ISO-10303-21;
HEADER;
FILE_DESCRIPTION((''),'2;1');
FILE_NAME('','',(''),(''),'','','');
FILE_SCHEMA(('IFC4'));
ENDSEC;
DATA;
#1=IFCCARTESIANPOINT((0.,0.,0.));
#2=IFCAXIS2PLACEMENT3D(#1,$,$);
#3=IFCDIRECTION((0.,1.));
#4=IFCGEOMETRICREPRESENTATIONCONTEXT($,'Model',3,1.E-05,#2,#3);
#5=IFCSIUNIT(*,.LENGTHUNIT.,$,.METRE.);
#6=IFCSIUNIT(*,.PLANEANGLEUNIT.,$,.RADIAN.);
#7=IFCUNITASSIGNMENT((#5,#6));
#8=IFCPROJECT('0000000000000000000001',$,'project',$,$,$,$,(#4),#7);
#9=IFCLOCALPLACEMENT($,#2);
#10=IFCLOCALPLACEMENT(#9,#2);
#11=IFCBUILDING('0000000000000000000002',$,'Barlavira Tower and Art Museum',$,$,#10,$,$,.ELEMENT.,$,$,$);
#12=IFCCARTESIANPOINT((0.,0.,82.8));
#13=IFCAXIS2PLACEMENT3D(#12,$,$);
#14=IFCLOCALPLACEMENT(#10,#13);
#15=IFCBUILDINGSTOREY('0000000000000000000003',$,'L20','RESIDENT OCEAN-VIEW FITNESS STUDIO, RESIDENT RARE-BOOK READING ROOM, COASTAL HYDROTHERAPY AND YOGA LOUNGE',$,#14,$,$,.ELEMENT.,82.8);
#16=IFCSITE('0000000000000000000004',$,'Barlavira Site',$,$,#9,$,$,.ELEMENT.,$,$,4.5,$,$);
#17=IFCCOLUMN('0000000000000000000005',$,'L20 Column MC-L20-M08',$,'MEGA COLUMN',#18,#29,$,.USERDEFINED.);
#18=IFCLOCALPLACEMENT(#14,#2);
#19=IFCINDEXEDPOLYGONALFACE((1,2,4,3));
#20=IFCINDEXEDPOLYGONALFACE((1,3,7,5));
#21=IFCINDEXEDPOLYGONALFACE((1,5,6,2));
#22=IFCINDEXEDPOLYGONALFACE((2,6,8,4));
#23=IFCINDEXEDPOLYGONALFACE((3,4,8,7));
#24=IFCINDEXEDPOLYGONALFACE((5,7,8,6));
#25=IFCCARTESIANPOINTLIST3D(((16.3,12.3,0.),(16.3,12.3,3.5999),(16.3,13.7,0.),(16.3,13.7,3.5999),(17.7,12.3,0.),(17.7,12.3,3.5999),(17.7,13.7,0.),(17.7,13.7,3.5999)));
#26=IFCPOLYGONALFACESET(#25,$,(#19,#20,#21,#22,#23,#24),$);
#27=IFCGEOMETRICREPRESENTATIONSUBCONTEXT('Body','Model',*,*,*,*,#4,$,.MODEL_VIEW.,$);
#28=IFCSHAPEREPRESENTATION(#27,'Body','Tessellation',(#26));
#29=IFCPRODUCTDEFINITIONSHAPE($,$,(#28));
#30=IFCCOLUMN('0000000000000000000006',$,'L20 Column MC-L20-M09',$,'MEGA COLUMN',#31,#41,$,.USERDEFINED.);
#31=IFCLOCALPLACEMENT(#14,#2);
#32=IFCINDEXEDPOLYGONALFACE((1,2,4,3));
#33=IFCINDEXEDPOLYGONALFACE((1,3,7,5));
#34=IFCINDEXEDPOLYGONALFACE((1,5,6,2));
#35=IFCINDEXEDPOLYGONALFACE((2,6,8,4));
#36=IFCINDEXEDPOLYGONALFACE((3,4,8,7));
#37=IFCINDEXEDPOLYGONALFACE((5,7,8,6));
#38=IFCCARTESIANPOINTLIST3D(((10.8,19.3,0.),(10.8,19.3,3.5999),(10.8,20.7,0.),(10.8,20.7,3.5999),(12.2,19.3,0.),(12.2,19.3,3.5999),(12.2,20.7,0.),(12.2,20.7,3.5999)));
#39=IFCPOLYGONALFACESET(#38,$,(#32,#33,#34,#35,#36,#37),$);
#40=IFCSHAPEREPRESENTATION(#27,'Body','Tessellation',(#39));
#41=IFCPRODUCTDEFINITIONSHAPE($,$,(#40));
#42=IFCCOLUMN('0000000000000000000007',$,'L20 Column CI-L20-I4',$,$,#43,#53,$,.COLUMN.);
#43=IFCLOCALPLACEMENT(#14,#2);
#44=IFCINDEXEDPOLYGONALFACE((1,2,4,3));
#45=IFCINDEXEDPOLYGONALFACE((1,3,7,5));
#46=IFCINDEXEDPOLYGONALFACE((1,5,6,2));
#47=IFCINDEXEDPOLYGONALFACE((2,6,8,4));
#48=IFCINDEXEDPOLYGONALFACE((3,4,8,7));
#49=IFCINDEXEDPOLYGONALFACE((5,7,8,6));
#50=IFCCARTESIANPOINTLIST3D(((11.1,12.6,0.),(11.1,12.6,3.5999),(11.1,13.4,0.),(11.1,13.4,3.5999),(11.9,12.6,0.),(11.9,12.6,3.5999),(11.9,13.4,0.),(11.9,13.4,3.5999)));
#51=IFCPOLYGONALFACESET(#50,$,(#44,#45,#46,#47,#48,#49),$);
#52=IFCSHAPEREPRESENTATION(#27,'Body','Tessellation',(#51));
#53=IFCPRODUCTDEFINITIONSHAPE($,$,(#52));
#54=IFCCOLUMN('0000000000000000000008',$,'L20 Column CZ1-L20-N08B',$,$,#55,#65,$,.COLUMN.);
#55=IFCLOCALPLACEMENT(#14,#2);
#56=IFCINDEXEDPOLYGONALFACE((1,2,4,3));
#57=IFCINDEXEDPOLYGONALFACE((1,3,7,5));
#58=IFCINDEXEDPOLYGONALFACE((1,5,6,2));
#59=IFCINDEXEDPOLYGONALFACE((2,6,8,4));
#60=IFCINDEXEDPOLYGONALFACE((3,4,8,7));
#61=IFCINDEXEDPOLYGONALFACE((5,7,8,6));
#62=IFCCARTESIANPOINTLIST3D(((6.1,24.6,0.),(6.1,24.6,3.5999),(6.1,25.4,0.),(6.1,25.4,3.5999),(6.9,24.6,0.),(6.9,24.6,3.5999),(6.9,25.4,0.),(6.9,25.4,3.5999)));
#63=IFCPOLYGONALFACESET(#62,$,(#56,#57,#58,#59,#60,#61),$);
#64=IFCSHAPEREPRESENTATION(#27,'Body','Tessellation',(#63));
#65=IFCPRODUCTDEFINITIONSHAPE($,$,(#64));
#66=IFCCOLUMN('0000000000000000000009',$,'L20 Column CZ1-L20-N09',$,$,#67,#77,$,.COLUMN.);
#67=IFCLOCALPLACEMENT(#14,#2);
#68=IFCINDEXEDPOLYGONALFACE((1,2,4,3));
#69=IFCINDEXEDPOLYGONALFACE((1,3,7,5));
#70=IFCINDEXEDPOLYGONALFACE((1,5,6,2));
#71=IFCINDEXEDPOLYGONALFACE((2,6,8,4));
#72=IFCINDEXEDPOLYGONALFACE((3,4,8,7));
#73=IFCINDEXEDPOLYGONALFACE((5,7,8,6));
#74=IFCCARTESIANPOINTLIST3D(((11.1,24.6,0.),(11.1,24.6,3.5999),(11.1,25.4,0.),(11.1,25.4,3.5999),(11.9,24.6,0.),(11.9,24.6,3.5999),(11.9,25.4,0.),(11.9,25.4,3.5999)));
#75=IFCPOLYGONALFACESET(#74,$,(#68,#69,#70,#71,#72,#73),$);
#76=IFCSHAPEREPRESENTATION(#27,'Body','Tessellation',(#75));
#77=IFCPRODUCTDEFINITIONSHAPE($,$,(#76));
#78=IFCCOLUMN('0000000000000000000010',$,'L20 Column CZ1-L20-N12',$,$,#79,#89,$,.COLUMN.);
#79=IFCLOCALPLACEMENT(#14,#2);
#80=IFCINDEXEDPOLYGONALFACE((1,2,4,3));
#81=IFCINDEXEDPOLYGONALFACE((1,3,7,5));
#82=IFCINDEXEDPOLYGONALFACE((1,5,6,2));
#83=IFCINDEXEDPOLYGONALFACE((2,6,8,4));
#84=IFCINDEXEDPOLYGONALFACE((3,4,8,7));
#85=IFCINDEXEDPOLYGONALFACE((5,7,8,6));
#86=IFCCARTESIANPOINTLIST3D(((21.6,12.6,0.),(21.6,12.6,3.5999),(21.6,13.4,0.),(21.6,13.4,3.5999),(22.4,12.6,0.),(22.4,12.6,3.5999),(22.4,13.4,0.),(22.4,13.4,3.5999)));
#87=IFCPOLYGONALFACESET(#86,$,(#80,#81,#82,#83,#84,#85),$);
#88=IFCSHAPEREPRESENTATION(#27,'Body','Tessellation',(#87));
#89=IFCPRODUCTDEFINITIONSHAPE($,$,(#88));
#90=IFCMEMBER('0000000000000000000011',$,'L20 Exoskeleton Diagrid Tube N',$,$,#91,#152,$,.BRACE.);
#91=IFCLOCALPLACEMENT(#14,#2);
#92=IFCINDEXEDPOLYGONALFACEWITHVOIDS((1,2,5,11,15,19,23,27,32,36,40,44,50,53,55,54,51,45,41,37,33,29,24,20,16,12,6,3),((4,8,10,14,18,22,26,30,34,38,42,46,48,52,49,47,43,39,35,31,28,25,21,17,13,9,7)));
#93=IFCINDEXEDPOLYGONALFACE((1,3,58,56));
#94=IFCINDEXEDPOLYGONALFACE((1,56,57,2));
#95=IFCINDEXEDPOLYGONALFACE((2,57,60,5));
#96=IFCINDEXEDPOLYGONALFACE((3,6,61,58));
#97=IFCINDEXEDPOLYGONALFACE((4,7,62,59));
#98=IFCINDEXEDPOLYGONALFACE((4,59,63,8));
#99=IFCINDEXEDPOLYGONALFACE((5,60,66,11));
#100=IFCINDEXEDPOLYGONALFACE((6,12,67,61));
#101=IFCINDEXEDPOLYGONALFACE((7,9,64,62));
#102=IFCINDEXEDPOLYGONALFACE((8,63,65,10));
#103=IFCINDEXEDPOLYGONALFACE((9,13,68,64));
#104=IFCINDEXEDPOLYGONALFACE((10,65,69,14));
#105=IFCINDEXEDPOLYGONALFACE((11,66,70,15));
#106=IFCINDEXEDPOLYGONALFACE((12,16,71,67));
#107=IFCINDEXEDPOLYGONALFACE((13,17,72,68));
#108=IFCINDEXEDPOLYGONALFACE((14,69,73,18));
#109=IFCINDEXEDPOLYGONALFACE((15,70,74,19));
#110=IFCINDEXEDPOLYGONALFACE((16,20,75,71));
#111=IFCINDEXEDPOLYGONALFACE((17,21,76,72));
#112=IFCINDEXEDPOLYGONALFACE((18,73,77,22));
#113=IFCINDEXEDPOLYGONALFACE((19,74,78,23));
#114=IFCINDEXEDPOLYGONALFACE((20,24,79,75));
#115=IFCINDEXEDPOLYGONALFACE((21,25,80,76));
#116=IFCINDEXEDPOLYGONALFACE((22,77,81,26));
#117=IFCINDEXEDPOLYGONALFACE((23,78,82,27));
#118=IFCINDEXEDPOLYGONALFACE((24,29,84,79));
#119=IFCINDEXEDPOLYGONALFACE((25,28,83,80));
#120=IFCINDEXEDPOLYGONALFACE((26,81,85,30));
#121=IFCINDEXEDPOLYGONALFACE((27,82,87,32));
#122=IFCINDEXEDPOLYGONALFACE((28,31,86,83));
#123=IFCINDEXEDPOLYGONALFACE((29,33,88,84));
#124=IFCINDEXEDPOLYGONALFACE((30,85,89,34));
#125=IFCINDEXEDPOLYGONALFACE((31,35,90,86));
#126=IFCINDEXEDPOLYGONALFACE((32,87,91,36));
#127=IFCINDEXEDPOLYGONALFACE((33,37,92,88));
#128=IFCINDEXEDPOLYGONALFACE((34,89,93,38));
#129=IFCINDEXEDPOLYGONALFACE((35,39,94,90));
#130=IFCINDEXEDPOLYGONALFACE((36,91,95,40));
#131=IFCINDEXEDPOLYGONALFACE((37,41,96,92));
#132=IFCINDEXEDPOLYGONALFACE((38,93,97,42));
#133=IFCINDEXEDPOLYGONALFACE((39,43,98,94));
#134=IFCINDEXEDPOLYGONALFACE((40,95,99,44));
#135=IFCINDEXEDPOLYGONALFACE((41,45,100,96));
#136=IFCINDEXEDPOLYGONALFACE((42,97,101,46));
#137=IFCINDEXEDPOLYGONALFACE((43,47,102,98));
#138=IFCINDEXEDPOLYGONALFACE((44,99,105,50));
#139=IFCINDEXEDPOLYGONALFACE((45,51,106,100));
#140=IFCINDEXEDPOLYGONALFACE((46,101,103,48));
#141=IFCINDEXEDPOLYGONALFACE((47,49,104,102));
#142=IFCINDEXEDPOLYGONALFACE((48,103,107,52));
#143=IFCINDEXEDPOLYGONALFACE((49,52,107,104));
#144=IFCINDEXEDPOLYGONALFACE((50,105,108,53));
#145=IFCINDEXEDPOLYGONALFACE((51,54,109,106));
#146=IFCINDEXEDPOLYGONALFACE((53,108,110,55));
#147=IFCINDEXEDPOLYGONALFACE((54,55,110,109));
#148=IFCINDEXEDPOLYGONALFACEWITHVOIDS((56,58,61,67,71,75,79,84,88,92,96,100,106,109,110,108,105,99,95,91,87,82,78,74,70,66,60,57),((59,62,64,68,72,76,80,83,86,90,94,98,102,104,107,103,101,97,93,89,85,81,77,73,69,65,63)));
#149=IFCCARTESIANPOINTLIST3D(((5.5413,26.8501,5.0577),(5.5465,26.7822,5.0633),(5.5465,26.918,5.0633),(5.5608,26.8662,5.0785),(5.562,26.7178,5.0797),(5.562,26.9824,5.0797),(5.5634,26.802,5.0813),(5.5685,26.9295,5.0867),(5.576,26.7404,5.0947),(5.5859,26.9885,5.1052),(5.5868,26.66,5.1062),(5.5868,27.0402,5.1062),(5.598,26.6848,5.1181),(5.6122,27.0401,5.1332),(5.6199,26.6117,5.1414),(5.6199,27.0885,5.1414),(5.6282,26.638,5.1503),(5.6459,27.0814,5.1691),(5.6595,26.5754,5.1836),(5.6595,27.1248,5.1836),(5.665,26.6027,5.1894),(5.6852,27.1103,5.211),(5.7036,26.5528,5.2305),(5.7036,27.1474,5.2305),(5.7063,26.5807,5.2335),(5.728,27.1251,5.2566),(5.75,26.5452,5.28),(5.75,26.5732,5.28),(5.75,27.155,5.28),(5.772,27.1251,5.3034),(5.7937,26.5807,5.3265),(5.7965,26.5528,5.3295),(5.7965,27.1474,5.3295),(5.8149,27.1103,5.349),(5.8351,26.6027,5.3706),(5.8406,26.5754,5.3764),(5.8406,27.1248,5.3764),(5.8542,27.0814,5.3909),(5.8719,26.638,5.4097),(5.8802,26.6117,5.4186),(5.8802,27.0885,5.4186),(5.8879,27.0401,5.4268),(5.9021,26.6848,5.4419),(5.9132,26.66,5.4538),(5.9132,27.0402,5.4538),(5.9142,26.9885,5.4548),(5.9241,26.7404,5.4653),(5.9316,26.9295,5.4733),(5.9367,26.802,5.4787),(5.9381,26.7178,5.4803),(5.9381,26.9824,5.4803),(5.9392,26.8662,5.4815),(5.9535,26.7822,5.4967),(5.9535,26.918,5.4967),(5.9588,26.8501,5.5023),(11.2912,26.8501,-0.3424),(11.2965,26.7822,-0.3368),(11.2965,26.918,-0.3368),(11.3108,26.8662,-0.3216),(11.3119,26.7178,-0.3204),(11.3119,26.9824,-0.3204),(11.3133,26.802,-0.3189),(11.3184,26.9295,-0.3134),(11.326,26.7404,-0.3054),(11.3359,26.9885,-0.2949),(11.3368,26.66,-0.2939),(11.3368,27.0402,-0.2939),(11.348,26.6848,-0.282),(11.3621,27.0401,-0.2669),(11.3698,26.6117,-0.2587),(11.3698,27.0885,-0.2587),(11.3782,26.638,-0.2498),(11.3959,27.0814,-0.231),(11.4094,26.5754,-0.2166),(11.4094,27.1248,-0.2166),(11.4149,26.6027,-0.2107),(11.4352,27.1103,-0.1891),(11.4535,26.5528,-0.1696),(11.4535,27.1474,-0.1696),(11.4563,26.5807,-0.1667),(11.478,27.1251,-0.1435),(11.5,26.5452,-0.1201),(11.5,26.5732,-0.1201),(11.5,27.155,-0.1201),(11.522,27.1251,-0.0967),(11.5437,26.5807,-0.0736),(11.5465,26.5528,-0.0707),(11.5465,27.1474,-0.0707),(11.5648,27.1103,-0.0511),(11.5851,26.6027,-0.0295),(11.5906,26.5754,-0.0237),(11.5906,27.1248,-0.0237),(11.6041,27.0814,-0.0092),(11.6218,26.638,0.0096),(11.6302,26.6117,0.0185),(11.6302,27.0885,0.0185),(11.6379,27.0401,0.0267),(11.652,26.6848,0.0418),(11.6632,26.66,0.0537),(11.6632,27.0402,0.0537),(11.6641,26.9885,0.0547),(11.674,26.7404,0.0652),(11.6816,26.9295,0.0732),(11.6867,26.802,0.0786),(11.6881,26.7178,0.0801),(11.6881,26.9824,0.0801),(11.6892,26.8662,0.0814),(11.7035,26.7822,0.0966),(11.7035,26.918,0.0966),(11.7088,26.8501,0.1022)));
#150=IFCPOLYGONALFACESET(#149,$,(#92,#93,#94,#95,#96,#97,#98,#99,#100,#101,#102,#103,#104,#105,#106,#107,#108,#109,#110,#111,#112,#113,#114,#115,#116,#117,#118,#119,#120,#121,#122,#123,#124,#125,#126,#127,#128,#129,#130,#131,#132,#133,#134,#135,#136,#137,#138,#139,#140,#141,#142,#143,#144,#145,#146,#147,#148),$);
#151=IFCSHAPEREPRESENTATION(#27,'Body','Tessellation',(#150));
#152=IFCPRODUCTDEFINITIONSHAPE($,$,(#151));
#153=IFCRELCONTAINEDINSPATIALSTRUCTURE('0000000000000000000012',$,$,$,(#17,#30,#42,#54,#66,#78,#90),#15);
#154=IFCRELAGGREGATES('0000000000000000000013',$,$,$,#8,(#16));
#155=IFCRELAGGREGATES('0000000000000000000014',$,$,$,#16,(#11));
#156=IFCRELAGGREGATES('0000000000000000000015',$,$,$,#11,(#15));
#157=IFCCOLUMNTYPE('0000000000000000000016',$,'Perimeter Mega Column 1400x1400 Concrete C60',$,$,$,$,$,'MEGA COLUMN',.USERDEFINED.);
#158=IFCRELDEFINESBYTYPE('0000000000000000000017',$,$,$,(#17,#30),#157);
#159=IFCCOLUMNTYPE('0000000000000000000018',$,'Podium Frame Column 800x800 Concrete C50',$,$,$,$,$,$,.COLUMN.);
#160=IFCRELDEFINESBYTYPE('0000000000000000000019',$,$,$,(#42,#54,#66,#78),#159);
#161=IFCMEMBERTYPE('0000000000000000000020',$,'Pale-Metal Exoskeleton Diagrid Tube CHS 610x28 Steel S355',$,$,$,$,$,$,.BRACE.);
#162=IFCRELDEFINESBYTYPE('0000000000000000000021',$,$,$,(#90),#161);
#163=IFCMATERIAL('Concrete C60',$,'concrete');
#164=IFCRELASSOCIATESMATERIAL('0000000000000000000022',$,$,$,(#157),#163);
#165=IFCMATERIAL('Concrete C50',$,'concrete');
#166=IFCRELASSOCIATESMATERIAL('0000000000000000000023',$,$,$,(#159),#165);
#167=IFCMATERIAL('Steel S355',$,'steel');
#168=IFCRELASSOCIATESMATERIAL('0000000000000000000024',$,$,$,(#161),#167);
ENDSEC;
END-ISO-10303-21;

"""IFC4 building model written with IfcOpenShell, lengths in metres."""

from ifc_helpers import new_model, si_unit, direction, frame, origin, origin_2d, place, context, subcontext, project, spatial, rectangle, hollow_circle, extrude, material, material_profile, profile_set, type_object, element, save


model = new_model("IFC4")

# Units and contexts
model_context = context("Model", 3, precision=1e-05, world=origin(), true_north=direction((0.0, 1.0)))
body_context = subcontext(model_context, "Body", "Model", "MODEL_VIEW")
ifc_project = project(units=[si_unit("LENGTHUNIT", "METRE"), si_unit("PLANEANGLEUNIT", "RADIAN")], contexts=[model_context])

# Site, building, storey
site_placement = place(None, origin())
site = spatial("IfcSite", under=ifc_project, at=site_placement, Name="Barlavira Site", CompositionType="ELEMENT", RefElevation=4.5)
building_placement = place(site_placement, origin())
building = spatial("IfcBuilding", under=site, at=building_placement, Name="Barlavira Tower and Art Museum", CompositionType="ELEMENT")
storey_placement = place(building_placement, frame((0.0, 0.0, 82.8)))
storey = spatial("IfcBuildingStorey", under=building, at=storey_placement, Name="L20", Description="RESIDENT OCEAN-VIEW FITNESS STUDIO, RESIDENT RARE-BOOK READING ROOM, COASTAL HYDROTHERAPY AND YOGA LOUNGE", CompositionType="ELEMENT", Elevation=82.8)

# Columns
ifc_material_1 = material(Name="Concrete C60", Category="concrete")
ifc_material_profile_1 = material_profile(ifc_material_1, rectangle(XDim=1.3999, YDim=1.3999, at=origin_2d()), Name="RC-MCOL 1400x1400")
ifc_profile_set_1 = profile_set([ifc_material_profile_1], Name="Concrete C60")
column_type_1 = type_object("IfcColumnType", Name="Perimeter Mega Column 1400x1400 Concrete C60", ElementType="MEGA COLUMN", PredefinedType="USERDEFINED", material=ifc_profile_set_1)
for number, where, z_axis, x_axis, name in (
    (1, (17.0, 13.0, 0.0), (0.0, 0.0, 1.0), (1.0, 0.0, 0.0), "L20 Column MC-L20-M08"),
    (2, (11.5, 20.0, 0.0), (0.0, 0.0, 1.0), (1.0, 0.0, 0.0), "L20 Column MC-L20-M09"),
):
    element("IfcColumn", number, at=place(storey_placement, frame(where, z_axis=z_axis, x_axis=x_axis)), inside=storey, type_object=column_type_1, Name=name, ObjectType="MEGA COLUMN", PredefinedType="USERDEFINED", context=body_context, shape_type="SweptSolid", body=[
        extrude(rectangle(XDim=1.3999, YDim=1.3999, at=origin_2d()), origin(), (0.0, 0.0, 1.0), 3.5999),
    ])
ifc_material_2 = material(Name="Concrete C50", Category="concrete")
ifc_material_profile_2 = material_profile(ifc_material_2, rectangle(XDim=0.8, YDim=0.8, at=origin_2d()), Name="RC-COL 800x800")
ifc_profile_set_2 = profile_set([ifc_material_profile_2], Name="Concrete C50")
column_type_2 = type_object("IfcColumnType", Name="Podium Frame Column 800x800 Concrete C50", PredefinedType="COLUMN", material=ifc_profile_set_2)
for number, where, z_axis, x_axis, name in (
    (3, (11.5, 13.0, 0.0), (0.0, 0.0, 1.0), (1.0, 0.0, 0.0), "L20 Column CI-L20-I4"),
    (4, (6.5, 25.0, 0.0), (0.0, 0.0, 1.0), (1.0, 0.0, 0.0), "L20 Column CZ1-L20-N08B"),
    (5, (11.5, 25.0, 0.0), (0.0, 0.0, 1.0), (1.0, 0.0, 0.0), "L20 Column CZ1-L20-N09"),
    (6, (22.0, 13.0, 0.0), (0.0, 0.0, 1.0), (1.0, 0.0, 0.0), "L20 Column CZ1-L20-N12"),
):
    element("IfcColumn", number, at=place(storey_placement, frame(where, z_axis=z_axis, x_axis=x_axis)), inside=storey, type_object=column_type_2, Name=name, PredefinedType="COLUMN", context=body_context, shape_type="SweptSolid", body=[
        extrude(rectangle(XDim=0.8, YDim=0.8, at=origin_2d()), origin(), (0.0, 0.0, 1.0), 3.5999),
    ])

# Member
ifc_material_3 = material(Name="Steel S355", Category="steel")
ifc_material_profile_3 = material_profile(ifc_material_3, hollow_circle(Radius=0.3049, WallThickness=0.0281, at=origin_2d()), Name="CHS 610.0x28.0")
ifc_profile_set_3 = profile_set([ifc_material_profile_3], Name="Steel S355")
member_type_1 = type_object("IfcMemberType", Name="Pale-Metal Exoskeleton Diagrid Tube CHS 610x28 Steel S355", PredefinedType="BRACE", material=ifc_profile_set_3)
member_1_placement = place(storey_placement, frame((11.5, 26.8501, -0.1201), z_axis=(-0.728935, 0.0, 0.684583), x_axis=(0.0, -1.0, 0.0)))
element("IfcMember", 7, at=member_1_placement, inside=storey, type_object=member_type_1, Name="L20 Exoskeleton Diagrid Tube N", PredefinedType="BRACE", context=body_context, shape_type="SweptSolid", body=[
    extrude(hollow_circle(Radius=0.3049, WallThickness=0.0281, at=origin_2d()), origin(), (0.0, 0.0, 1.0), 7.8882),
])

save(model, "model.ifc")
